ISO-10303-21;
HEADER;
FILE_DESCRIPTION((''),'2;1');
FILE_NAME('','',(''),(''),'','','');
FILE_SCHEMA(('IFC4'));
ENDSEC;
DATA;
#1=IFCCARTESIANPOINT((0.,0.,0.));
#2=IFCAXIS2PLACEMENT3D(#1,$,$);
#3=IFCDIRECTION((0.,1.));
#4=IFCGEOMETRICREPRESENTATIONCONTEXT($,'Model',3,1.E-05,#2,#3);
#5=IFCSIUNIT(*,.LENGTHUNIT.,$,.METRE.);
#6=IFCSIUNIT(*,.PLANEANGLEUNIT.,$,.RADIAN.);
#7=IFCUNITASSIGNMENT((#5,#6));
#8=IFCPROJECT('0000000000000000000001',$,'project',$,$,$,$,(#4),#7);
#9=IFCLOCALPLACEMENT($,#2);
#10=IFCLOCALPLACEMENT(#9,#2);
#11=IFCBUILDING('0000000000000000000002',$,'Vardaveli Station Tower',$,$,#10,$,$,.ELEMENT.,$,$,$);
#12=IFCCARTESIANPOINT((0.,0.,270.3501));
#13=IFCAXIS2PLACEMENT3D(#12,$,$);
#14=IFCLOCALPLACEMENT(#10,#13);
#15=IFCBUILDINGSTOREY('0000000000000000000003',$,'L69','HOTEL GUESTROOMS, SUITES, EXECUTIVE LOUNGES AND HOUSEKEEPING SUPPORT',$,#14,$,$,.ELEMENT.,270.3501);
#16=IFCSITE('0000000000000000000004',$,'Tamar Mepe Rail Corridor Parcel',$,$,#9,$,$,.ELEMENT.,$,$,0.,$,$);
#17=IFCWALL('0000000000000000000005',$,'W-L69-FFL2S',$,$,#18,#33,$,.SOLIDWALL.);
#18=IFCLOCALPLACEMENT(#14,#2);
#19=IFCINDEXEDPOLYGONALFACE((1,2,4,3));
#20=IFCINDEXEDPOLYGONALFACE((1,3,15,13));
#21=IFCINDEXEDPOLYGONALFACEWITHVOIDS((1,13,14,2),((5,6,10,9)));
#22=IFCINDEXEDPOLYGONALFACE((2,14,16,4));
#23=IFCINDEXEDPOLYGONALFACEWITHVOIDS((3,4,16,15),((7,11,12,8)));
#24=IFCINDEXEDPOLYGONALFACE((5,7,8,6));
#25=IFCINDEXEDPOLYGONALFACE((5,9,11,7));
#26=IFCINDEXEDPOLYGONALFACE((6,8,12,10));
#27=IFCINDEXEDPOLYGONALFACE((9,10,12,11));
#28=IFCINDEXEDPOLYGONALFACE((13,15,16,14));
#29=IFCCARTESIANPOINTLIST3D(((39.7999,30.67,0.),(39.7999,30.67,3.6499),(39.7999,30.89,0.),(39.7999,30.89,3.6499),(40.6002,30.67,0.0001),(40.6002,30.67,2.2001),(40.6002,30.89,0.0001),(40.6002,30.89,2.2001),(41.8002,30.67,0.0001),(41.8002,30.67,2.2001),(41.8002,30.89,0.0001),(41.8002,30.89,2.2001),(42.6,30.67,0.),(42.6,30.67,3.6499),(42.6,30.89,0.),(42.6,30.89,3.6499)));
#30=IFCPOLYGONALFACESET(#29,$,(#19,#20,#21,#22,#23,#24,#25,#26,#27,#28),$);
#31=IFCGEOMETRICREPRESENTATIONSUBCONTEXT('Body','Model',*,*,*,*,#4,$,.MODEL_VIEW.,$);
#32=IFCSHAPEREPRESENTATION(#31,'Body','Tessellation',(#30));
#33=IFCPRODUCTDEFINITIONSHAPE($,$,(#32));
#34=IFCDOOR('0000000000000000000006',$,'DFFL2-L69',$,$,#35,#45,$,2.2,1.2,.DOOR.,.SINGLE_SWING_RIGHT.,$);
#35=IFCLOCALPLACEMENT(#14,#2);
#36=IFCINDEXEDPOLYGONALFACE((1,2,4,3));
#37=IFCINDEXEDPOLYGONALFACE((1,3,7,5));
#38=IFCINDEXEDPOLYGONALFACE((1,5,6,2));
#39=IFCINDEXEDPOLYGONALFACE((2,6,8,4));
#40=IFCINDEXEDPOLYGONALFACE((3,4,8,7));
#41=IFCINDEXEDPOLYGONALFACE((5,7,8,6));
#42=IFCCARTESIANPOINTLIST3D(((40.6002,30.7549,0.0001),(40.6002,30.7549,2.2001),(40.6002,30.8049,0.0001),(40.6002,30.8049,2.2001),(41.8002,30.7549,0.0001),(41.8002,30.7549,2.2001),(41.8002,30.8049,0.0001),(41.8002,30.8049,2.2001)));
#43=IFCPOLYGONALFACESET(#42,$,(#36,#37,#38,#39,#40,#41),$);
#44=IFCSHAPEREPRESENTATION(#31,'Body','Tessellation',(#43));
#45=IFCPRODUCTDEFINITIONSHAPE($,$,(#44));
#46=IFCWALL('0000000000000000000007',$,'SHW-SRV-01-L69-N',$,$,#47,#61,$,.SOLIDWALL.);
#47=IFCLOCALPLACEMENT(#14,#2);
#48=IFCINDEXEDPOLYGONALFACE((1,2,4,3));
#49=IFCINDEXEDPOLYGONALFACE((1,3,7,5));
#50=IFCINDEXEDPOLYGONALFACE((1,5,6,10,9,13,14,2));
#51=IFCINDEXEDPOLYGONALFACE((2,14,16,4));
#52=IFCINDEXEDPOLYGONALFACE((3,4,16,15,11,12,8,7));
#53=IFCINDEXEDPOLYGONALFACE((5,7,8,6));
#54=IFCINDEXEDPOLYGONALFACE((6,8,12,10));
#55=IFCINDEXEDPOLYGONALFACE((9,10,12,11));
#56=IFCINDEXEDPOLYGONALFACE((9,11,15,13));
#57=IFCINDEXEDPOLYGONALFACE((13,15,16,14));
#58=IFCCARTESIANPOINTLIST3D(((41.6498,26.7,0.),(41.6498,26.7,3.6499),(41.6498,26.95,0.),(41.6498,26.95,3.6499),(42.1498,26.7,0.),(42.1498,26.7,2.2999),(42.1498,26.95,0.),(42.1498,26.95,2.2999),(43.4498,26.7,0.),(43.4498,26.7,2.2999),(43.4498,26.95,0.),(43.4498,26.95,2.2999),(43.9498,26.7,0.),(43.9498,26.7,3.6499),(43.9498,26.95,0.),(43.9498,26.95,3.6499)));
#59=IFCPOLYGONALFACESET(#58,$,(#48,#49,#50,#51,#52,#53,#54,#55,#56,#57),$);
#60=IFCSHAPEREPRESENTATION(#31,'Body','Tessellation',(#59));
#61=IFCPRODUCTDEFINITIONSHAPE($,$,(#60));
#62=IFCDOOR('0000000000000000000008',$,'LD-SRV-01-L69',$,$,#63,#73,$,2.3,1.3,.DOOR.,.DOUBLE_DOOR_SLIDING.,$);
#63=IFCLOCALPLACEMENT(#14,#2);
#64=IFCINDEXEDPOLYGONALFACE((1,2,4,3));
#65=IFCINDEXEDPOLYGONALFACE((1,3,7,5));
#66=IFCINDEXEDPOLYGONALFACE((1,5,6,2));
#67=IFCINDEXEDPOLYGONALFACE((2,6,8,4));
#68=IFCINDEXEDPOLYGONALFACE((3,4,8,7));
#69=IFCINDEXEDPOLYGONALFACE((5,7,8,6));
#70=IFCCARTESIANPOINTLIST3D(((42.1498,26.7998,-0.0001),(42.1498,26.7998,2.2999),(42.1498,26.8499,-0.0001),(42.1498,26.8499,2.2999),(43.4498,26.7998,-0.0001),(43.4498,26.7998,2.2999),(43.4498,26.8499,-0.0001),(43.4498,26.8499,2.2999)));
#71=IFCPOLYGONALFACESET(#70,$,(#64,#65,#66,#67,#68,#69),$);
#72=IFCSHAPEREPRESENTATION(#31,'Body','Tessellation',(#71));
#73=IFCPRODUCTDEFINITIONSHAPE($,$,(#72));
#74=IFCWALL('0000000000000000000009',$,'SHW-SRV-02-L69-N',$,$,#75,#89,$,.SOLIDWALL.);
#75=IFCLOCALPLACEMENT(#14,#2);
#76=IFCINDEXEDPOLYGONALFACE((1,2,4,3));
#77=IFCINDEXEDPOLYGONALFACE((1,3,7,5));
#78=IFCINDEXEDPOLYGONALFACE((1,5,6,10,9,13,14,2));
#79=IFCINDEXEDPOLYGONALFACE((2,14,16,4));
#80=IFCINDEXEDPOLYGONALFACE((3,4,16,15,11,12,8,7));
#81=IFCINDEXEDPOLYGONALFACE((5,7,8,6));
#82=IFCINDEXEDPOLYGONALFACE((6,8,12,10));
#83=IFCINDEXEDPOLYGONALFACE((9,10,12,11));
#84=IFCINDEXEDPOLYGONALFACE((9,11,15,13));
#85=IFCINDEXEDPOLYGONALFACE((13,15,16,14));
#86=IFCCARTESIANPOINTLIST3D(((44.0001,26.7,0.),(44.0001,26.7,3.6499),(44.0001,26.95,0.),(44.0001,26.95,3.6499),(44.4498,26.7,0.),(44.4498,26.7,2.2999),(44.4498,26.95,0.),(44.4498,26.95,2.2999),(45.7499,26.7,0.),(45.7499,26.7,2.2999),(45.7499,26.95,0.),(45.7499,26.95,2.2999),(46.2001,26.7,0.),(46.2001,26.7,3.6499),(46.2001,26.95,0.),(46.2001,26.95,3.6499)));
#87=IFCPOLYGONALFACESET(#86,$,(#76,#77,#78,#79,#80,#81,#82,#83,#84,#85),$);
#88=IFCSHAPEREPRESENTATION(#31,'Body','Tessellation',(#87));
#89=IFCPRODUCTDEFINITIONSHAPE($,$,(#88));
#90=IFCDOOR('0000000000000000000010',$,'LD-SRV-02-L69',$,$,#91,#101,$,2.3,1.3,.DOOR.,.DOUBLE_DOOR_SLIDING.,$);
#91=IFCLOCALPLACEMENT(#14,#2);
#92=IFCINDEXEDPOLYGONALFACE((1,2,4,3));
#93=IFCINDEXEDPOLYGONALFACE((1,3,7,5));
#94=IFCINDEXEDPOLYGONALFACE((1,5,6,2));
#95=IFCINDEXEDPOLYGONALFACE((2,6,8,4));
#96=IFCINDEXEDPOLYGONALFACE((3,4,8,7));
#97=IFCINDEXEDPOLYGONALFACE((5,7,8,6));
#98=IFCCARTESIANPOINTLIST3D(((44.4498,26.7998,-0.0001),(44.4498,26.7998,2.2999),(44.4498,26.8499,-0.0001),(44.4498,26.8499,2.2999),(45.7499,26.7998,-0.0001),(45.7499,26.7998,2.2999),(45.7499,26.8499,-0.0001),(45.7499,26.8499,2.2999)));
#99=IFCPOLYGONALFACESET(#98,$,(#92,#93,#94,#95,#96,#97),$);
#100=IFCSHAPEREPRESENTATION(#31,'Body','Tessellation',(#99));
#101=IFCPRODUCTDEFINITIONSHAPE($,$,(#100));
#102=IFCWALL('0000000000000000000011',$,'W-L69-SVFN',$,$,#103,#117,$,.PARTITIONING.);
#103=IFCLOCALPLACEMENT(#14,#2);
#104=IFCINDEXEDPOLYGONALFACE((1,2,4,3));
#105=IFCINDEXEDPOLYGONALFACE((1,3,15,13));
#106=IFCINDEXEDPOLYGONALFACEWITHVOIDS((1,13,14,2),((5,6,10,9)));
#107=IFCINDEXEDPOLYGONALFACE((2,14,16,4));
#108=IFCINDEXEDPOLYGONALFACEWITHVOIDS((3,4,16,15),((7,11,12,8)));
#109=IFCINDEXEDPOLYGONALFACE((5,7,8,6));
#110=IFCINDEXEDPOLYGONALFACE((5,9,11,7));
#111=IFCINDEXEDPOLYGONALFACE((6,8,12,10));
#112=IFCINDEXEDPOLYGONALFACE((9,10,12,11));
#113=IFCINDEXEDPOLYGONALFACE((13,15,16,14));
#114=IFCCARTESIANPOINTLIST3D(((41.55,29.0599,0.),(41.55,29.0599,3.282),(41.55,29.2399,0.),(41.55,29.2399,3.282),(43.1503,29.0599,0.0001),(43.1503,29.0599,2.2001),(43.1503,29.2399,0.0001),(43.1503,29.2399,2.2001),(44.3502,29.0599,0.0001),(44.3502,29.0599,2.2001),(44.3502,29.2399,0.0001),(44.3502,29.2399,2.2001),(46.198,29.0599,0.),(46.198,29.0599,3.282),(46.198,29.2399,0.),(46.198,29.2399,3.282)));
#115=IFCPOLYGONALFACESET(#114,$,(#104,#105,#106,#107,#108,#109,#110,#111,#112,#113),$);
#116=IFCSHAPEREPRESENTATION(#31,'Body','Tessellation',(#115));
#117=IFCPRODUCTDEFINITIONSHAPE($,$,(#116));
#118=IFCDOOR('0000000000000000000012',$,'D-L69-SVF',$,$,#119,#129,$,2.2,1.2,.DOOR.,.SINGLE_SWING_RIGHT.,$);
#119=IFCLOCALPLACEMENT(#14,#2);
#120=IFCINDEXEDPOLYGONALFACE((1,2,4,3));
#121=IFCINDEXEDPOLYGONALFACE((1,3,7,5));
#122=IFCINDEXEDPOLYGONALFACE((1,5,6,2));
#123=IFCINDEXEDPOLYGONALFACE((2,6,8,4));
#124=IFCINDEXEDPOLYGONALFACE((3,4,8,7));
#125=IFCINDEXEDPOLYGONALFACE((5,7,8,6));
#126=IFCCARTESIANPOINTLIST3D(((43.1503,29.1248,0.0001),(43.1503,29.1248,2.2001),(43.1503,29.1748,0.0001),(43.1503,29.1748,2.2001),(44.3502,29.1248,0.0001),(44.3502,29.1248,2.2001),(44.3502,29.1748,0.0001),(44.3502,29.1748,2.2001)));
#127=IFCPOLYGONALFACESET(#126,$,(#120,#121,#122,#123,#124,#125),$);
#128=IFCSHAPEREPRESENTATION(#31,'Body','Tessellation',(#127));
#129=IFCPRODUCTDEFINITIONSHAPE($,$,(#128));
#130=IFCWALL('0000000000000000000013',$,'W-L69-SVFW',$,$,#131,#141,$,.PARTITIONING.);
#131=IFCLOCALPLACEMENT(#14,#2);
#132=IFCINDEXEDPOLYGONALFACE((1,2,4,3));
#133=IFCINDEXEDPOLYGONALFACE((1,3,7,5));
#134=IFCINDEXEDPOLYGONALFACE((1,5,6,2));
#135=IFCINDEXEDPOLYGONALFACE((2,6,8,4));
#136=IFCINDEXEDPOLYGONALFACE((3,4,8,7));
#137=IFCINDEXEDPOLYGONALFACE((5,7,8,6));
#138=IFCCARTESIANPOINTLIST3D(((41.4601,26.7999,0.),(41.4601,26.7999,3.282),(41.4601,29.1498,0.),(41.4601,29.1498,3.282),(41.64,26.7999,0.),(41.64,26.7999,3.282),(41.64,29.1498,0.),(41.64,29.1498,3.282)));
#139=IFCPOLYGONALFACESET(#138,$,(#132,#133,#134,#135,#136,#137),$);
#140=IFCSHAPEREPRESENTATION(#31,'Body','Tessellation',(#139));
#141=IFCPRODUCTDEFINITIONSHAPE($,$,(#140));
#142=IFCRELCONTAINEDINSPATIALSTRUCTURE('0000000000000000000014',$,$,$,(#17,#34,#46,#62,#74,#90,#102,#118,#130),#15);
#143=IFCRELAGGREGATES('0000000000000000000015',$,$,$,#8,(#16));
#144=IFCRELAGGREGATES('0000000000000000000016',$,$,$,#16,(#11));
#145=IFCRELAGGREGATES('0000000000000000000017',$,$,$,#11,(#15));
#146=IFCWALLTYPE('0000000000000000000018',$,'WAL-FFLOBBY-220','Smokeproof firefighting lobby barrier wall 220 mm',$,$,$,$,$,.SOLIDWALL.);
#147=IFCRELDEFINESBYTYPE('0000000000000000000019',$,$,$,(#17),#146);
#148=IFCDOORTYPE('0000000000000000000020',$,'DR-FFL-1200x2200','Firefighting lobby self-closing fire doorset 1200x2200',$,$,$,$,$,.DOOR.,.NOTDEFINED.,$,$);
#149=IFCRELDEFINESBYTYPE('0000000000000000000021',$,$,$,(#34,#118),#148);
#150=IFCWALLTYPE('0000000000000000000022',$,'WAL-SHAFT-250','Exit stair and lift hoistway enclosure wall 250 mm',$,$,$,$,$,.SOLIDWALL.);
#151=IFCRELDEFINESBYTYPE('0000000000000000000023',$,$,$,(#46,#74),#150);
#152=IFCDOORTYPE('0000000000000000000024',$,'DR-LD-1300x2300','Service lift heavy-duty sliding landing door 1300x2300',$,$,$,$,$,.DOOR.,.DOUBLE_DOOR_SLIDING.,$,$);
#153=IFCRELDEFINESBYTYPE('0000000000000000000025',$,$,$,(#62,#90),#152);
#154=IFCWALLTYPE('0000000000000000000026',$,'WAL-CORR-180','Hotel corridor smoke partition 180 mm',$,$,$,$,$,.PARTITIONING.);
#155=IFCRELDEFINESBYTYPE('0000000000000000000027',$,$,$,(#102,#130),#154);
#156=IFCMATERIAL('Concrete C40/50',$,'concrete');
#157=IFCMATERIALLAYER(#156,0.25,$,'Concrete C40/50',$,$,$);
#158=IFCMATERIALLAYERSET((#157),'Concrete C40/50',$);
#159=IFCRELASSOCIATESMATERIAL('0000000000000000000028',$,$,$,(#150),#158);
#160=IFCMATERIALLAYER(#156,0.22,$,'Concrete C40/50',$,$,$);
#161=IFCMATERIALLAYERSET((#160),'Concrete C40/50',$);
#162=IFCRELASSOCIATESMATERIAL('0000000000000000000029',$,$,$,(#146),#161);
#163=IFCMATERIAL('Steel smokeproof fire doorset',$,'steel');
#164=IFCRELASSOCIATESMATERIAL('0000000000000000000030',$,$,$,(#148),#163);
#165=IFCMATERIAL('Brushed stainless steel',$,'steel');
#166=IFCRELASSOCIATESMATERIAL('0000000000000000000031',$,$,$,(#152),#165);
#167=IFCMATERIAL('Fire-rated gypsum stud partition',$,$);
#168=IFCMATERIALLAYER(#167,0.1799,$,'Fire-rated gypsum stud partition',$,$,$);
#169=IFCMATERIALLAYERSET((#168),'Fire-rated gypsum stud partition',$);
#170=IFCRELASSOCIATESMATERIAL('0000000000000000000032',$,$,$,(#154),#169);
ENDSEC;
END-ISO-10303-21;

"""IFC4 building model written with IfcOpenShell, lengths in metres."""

from ifc_helpers import new_model, si_unit, direction, frame, frame_2d, origin, place, context, subcontext, project, spatial, rectangle, extrude, source, transform, mapped, material, layer, layer_set, type_object, element, fill, save


model = new_model("IFC4")

# Units and contexts
model_context = context("Model", 3, precision=1e-05, world=origin(), true_north=direction((0.0, 1.0)))
body_context = subcontext(model_context, "Body", "Model", "MODEL_VIEW")
ifc_project = project(units=[si_unit("LENGTHUNIT", "METRE"), si_unit("PLANEANGLEUNIT", "RADIAN")], contexts=[model_context])

# Site, building, storey
site_placement = place(None, origin())
site = spatial("IfcSite", under=ifc_project, at=site_placement, Name="Tamar Mepe Rail Corridor Parcel", CompositionType="ELEMENT", RefElevation=0.0)
building_placement = place(site_placement, origin())
building = spatial("IfcBuilding", under=site, at=building_placement, Name="Vardaveli Station Tower", CompositionType="ELEMENT")
storey_placement = place(building_placement, frame((0.0, 0.0, 270.3501)))
storey = spatial("IfcBuildingStorey", under=building, at=storey_placement, Name="L69", Description="HOTEL GUESTROOMS, SUITES, EXECUTIVE LOUNGES AND HOUSEKEEPING SUPPORT", CompositionType="ELEMENT", Elevation=270.3501)

# Shared definitions
ifc_material_1 = material(Name="Concrete C40/50", Category="concrete")
ifc_layer_1 = layer(ifc_material_1, 0.25, Name="Concrete C40/50")
ifc_layer_set_1 = layer_set([ifc_layer_1], Name="Concrete C40/50")
wall_type_1 = type_object("IfcWallType", Name="WAL-SHAFT-250", Description="Exit stair and lift hoistway enclosure wall 250 mm", PredefinedType="SOLIDWALL", material=ifc_layer_set_1)

# Walls, openings, doors
ifc_material_2 = material(Name="Steel smokeproof fire doorset", Category="steel")
ifc_layer_2 = layer(ifc_material_1, 0.22, Name="Concrete C40/50")
ifc_layer_set_2 = layer_set([ifc_layer_2], Name="Concrete C40/50")
wall_type_2 = type_object("IfcWallType", Name="WAL-FFLOBBY-220", Description="Smokeproof firefighting lobby barrier wall 220 mm", PredefinedType="SOLIDWALL", material=ifc_layer_set_2)
shared_shape_1 = source(origin(), body_context, "Body", "SweptSolid", [
    extrude(rectangle(XDim=2.8, YDim=0.22, at=frame_2d((1.3999, 0.0))), origin(), (0.0, 0.0, 1.0), 3.6499),
])
wall_1_placement = place(storey_placement, frame((39.8, 30.78, 0.0), z_axis=(0.0, 0.0, 1.0), x_axis=(1.0, 0.0, 0.0)))
wall_1 = element("IfcWall", 1, at=wall_1_placement, inside=storey, type_object=wall_type_2, Name="W-L69-FFL2S", PredefinedType="SOLIDWALL", context=body_context, shape_type="MappedRepresentation", body=[
    mapped(shared_shape_1, transform((0.0, 0.0, 0.0), scale=1.0)),
])
shared_shape_2 = source(origin(), body_context, "Body", "SweptSolid", [
    extrude(rectangle(XDim=1.2, YDim=2.2, at=frame_2d((0.6001, 1.1001))), frame((0.0, 0.1201, 0.0), z_axis=(0.0, -1.0, 0.0), x_axis=(1.0, 0.0, 0.0)), (0.0, 0.0, 1.0), 0.24),
])
opening_1_placement = place(wall_1_placement, frame((0.8, 0.0, 0.0)))
opening_1 = element("IfcOpeningElement", 2, at=opening_1_placement, cuts=wall_1, PredefinedType="OPENING", context=body_context, shape_type="MappedRepresentation", body=[
    mapped(shared_shape_2, transform((0.0, 0.0, 0.0), scale=1.0)),
])
door_type_1 = type_object("IfcDoorType", Name="DR-FFL-1200x2200", Description="Firefighting lobby self-closing fire doorset 1200x2200", OperationType="NOTDEFINED", PredefinedType="DOOR", material=ifc_material_2)
shared_shape_3 = source(origin(), body_context, "Body", "SweptSolid", [
    extrude(rectangle(XDim=1.2, YDim=2.2, at=frame_2d((0.6001, 1.1001))), frame((0.0, 0.0249, 0.0), z_axis=(0.0, -1.0, 0.0), x_axis=(1.0, 0.0, 0.0)), (0.0, 0.0, 1.0), 0.05),
])
door_1_placement = place(opening_1_placement, origin())
door_1 = element("IfcDoor", 3, at=door_1_placement, inside=storey, type_object=door_type_1, Name="DFFL2-L69", OperationType="SINGLE_SWING_RIGHT", OverallHeight=2.2, OverallWidth=1.2, PredefinedType="DOOR", context=body_context, shape_type="MappedRepresentation", body=[
    mapped(shared_shape_3, transform((0.0, 0.0, 0.0), scale=1.0)),
])
fill(opening_1, door_1)
shared_shape_4 = source(origin(), body_context, "Body", "SweptSolid", [
    extrude(rectangle(XDim=2.3, YDim=0.25, at=frame_2d((1.1499, 0.0))), origin(), (0.0, 0.0, 1.0), 3.6499),
])
wall_2_placement = place(storey_placement, frame((41.6499, 26.825, 0.0), z_axis=(0.0, 0.0, 1.0), x_axis=(1.0, 0.0, 0.0)))
wall_2 = element("IfcWall", 4, at=wall_2_placement, inside=storey, type_object=wall_type_1, Name="SHW-SRV-01-L69-N", PredefinedType="SOLIDWALL", context=body_context, shape_type="MappedRepresentation", body=[
    mapped(shared_shape_4, transform((0.0, 0.0, 0.0), scale=1.0)),
])
shared_shape_5 = source(origin(), body_context, "Body", "SweptSolid", [
    extrude(rectangle(XDim=1.3, YDim=2.3, at=frame_2d((0.6499, 1.1499))), frame((0.0, 0.135, 0.0), z_axis=(0.0, -1.0, 0.0), x_axis=(1.0, 0.0, 0.0)), (0.0, 0.0, 1.0), 0.27),
])
opening_2_placement = place(wall_2_placement, frame((0.5, 0.0, 0.0)))
opening_2 = element("IfcOpeningElement", 5, at=opening_2_placement, cuts=wall_2, PredefinedType="OPENING", context=body_context, shape_type="MappedRepresentation", body=[
    mapped(shared_shape_5, transform((0.0, 0.0, 0.0), scale=1.0)),
])
ifc_material_3 = material(Name="Brushed stainless steel", Category="steel")
door_type_2 = type_object("IfcDoorType", Name="DR-LD-1300x2300", Description="Service lift heavy-duty sliding landing door 1300x2300", OperationType="DOUBLE_DOOR_SLIDING", PredefinedType="DOOR", material=ifc_material_3)
shared_shape_6 = source(origin(), body_context, "Body", "SweptSolid", [
    extrude(rectangle(XDim=1.3, YDim=2.3, at=frame_2d((0.6499, 1.1499))), frame((0.0, 0.0249, 0.0), z_axis=(0.0, -1.0, 0.0), x_axis=(1.0, 0.0, 0.0)), (0.0, 0.0, 1.0), 0.05),
])
door_2_placement = place(opening_2_placement, origin())
door_2 = element("IfcDoor", 6, at=door_2_placement, inside=storey, type_object=door_type_2, Name="LD-SRV-01-L69", OperationType="DOUBLE_DOOR_SLIDING", OverallHeight=2.3, OverallWidth=1.3, PredefinedType="DOOR", context=body_context, shape_type="MappedRepresentation", body=[
    mapped(shared_shape_6, transform((0.0, 0.0, 0.0), scale=1.0)),
])
fill(opening_2, door_2)
shared_shape_7 = source(origin(), body_context, "Body", "SweptSolid", [
    extrude(rectangle(XDim=2.2, YDim=0.25, at=frame_2d((1.1001, 0.0))), origin(), (0.0, 0.0, 1.0), 3.6499),
])
wall_3_placement = place(storey_placement, frame((44.0, 26.825, 0.0), z_axis=(0.0, 0.0, 1.0), x_axis=(1.0, 0.0, 0.0)))
wall_3 = element("IfcWall", 7, at=wall_3_placement, inside=storey, type_object=wall_type_1, Name="SHW-SRV-02-L69-N", PredefinedType="SOLIDWALL", context=body_context, shape_type="MappedRepresentation", body=[
    mapped(shared_shape_7, transform((0.0, 0.0, 0.0), scale=1.0)),
])
opening_3_placement = place(wall_3_placement, frame((0.45, 0.0, 0.0)))
opening_3 = element("IfcOpeningElement", 8, at=opening_3_placement, cuts=wall_3, PredefinedType="OPENING", context=body_context, shape_type="MappedRepresentation", body=[
    mapped(shared_shape_5, transform((0.0, 0.0, 0.0), scale=1.0)),
])
door_3_placement = place(opening_3_placement, origin())
door_3 = element("IfcDoor", 9, at=door_3_placement, inside=storey, type_object=door_type_2, Name="LD-SRV-02-L69", OperationType="DOUBLE_DOOR_SLIDING", OverallHeight=2.3, OverallWidth=1.3, PredefinedType="DOOR", context=body_context, shape_type="MappedRepresentation", body=[
    mapped(shared_shape_6, transform((0.0, 0.0, 0.0), scale=1.0)),
])
fill(opening_3, door_3)
ifc_material_4 = material(Name="Fire-rated gypsum stud partition")
ifc_layer_3 = layer(ifc_material_4, 0.1799, Name="Fire-rated gypsum stud partition")
ifc_layer_set_3 = layer_set([ifc_layer_3], Name="Fire-rated gypsum stud partition")
wall_type_3 = type_object("IfcWallType", Name="WAL-CORR-180", Description="Hotel corridor smoke partition 180 mm", PredefinedType="PARTITIONING", material=ifc_layer_set_3)
shared_shape_8 = source(origin(), body_context, "Body", "SweptSolid", [
    extrude(rectangle(XDim=4.6479, YDim=0.1799, at=frame_2d((2.324, 0.0))), origin(), (0.0, 0.0, 1.0), 3.282),
])
wall_4_placement = place(storey_placement, frame((41.55, 29.1499, 0.0), z_axis=(0.0, 0.0, 1.0), x_axis=(1.0, 0.0, 0.0)))
wall_4 = element("IfcWall", 10, at=wall_4_placement, inside=storey, type_object=wall_type_3, Name="W-L69-SVFN", PredefinedType="PARTITIONING", context=body_context, shape_type="MappedRepresentation", body=[
    mapped(shared_shape_8, transform((0.0, 0.0, 0.0), scale=1.0)),
])
shared_shape_9 = source(origin(), body_context, "Body", "SweptSolid", [
    extrude(rectangle(XDim=1.2, YDim=2.2, at=frame_2d((0.6001, 1.1001))), frame((0.0, 0.1001, 0.0), z_axis=(0.0, -1.0, 0.0), x_axis=(1.0, 0.0, 0.0)), (0.0, 0.0, 1.0), 0.2),
])
opening_4_placement = place(wall_4_placement, frame((1.6001, 0.0, 0.0)))
opening_4 = element("IfcOpeningElement", 11, at=opening_4_placement, cuts=wall_4, PredefinedType="OPENING", context=body_context, shape_type="MappedRepresentation", body=[
    mapped(shared_shape_9, transform((0.0, 0.0, 0.0), scale=1.0)),
])
door_4_placement = place(opening_4_placement, origin())
door_4 = element("IfcDoor", 12, at=door_4_placement, inside=storey, type_object=door_type_1, Name="D-L69-SVF", OperationType="SINGLE_SWING_RIGHT", OverallHeight=2.2, OverallWidth=1.2, PredefinedType="DOOR", context=body_context, shape_type="MappedRepresentation", body=[
    mapped(shared_shape_3, transform((0.0, 0.0, 0.0), scale=1.0)),
])
fill(opening_4, door_4)

# Wall
shared_shape_10 = source(origin(), body_context, "Body", "SweptSolid", [
    extrude(rectangle(XDim=2.3499, YDim=0.1799, at=frame_2d((1.1748, 0.0))), origin(), (0.0, 0.0, 1.0), 3.282),
])
wall_5_placement = place(storey_placement, frame((41.55, 26.8, 0.0), z_axis=(0.0, 0.0, 1.0), x_axis=(0.0, 1.0, 0.0)))
element("IfcWall", 13, at=wall_5_placement, inside=storey, type_object=wall_type_3, Name="W-L69-SVFW", PredefinedType="PARTITIONING", context=body_context, shape_type="MappedRepresentation", body=[
    mapped(shared_shape_10, transform((0.0, 0.0, 0.0), scale=1.0)),
])

save(model, "model.ifc")
